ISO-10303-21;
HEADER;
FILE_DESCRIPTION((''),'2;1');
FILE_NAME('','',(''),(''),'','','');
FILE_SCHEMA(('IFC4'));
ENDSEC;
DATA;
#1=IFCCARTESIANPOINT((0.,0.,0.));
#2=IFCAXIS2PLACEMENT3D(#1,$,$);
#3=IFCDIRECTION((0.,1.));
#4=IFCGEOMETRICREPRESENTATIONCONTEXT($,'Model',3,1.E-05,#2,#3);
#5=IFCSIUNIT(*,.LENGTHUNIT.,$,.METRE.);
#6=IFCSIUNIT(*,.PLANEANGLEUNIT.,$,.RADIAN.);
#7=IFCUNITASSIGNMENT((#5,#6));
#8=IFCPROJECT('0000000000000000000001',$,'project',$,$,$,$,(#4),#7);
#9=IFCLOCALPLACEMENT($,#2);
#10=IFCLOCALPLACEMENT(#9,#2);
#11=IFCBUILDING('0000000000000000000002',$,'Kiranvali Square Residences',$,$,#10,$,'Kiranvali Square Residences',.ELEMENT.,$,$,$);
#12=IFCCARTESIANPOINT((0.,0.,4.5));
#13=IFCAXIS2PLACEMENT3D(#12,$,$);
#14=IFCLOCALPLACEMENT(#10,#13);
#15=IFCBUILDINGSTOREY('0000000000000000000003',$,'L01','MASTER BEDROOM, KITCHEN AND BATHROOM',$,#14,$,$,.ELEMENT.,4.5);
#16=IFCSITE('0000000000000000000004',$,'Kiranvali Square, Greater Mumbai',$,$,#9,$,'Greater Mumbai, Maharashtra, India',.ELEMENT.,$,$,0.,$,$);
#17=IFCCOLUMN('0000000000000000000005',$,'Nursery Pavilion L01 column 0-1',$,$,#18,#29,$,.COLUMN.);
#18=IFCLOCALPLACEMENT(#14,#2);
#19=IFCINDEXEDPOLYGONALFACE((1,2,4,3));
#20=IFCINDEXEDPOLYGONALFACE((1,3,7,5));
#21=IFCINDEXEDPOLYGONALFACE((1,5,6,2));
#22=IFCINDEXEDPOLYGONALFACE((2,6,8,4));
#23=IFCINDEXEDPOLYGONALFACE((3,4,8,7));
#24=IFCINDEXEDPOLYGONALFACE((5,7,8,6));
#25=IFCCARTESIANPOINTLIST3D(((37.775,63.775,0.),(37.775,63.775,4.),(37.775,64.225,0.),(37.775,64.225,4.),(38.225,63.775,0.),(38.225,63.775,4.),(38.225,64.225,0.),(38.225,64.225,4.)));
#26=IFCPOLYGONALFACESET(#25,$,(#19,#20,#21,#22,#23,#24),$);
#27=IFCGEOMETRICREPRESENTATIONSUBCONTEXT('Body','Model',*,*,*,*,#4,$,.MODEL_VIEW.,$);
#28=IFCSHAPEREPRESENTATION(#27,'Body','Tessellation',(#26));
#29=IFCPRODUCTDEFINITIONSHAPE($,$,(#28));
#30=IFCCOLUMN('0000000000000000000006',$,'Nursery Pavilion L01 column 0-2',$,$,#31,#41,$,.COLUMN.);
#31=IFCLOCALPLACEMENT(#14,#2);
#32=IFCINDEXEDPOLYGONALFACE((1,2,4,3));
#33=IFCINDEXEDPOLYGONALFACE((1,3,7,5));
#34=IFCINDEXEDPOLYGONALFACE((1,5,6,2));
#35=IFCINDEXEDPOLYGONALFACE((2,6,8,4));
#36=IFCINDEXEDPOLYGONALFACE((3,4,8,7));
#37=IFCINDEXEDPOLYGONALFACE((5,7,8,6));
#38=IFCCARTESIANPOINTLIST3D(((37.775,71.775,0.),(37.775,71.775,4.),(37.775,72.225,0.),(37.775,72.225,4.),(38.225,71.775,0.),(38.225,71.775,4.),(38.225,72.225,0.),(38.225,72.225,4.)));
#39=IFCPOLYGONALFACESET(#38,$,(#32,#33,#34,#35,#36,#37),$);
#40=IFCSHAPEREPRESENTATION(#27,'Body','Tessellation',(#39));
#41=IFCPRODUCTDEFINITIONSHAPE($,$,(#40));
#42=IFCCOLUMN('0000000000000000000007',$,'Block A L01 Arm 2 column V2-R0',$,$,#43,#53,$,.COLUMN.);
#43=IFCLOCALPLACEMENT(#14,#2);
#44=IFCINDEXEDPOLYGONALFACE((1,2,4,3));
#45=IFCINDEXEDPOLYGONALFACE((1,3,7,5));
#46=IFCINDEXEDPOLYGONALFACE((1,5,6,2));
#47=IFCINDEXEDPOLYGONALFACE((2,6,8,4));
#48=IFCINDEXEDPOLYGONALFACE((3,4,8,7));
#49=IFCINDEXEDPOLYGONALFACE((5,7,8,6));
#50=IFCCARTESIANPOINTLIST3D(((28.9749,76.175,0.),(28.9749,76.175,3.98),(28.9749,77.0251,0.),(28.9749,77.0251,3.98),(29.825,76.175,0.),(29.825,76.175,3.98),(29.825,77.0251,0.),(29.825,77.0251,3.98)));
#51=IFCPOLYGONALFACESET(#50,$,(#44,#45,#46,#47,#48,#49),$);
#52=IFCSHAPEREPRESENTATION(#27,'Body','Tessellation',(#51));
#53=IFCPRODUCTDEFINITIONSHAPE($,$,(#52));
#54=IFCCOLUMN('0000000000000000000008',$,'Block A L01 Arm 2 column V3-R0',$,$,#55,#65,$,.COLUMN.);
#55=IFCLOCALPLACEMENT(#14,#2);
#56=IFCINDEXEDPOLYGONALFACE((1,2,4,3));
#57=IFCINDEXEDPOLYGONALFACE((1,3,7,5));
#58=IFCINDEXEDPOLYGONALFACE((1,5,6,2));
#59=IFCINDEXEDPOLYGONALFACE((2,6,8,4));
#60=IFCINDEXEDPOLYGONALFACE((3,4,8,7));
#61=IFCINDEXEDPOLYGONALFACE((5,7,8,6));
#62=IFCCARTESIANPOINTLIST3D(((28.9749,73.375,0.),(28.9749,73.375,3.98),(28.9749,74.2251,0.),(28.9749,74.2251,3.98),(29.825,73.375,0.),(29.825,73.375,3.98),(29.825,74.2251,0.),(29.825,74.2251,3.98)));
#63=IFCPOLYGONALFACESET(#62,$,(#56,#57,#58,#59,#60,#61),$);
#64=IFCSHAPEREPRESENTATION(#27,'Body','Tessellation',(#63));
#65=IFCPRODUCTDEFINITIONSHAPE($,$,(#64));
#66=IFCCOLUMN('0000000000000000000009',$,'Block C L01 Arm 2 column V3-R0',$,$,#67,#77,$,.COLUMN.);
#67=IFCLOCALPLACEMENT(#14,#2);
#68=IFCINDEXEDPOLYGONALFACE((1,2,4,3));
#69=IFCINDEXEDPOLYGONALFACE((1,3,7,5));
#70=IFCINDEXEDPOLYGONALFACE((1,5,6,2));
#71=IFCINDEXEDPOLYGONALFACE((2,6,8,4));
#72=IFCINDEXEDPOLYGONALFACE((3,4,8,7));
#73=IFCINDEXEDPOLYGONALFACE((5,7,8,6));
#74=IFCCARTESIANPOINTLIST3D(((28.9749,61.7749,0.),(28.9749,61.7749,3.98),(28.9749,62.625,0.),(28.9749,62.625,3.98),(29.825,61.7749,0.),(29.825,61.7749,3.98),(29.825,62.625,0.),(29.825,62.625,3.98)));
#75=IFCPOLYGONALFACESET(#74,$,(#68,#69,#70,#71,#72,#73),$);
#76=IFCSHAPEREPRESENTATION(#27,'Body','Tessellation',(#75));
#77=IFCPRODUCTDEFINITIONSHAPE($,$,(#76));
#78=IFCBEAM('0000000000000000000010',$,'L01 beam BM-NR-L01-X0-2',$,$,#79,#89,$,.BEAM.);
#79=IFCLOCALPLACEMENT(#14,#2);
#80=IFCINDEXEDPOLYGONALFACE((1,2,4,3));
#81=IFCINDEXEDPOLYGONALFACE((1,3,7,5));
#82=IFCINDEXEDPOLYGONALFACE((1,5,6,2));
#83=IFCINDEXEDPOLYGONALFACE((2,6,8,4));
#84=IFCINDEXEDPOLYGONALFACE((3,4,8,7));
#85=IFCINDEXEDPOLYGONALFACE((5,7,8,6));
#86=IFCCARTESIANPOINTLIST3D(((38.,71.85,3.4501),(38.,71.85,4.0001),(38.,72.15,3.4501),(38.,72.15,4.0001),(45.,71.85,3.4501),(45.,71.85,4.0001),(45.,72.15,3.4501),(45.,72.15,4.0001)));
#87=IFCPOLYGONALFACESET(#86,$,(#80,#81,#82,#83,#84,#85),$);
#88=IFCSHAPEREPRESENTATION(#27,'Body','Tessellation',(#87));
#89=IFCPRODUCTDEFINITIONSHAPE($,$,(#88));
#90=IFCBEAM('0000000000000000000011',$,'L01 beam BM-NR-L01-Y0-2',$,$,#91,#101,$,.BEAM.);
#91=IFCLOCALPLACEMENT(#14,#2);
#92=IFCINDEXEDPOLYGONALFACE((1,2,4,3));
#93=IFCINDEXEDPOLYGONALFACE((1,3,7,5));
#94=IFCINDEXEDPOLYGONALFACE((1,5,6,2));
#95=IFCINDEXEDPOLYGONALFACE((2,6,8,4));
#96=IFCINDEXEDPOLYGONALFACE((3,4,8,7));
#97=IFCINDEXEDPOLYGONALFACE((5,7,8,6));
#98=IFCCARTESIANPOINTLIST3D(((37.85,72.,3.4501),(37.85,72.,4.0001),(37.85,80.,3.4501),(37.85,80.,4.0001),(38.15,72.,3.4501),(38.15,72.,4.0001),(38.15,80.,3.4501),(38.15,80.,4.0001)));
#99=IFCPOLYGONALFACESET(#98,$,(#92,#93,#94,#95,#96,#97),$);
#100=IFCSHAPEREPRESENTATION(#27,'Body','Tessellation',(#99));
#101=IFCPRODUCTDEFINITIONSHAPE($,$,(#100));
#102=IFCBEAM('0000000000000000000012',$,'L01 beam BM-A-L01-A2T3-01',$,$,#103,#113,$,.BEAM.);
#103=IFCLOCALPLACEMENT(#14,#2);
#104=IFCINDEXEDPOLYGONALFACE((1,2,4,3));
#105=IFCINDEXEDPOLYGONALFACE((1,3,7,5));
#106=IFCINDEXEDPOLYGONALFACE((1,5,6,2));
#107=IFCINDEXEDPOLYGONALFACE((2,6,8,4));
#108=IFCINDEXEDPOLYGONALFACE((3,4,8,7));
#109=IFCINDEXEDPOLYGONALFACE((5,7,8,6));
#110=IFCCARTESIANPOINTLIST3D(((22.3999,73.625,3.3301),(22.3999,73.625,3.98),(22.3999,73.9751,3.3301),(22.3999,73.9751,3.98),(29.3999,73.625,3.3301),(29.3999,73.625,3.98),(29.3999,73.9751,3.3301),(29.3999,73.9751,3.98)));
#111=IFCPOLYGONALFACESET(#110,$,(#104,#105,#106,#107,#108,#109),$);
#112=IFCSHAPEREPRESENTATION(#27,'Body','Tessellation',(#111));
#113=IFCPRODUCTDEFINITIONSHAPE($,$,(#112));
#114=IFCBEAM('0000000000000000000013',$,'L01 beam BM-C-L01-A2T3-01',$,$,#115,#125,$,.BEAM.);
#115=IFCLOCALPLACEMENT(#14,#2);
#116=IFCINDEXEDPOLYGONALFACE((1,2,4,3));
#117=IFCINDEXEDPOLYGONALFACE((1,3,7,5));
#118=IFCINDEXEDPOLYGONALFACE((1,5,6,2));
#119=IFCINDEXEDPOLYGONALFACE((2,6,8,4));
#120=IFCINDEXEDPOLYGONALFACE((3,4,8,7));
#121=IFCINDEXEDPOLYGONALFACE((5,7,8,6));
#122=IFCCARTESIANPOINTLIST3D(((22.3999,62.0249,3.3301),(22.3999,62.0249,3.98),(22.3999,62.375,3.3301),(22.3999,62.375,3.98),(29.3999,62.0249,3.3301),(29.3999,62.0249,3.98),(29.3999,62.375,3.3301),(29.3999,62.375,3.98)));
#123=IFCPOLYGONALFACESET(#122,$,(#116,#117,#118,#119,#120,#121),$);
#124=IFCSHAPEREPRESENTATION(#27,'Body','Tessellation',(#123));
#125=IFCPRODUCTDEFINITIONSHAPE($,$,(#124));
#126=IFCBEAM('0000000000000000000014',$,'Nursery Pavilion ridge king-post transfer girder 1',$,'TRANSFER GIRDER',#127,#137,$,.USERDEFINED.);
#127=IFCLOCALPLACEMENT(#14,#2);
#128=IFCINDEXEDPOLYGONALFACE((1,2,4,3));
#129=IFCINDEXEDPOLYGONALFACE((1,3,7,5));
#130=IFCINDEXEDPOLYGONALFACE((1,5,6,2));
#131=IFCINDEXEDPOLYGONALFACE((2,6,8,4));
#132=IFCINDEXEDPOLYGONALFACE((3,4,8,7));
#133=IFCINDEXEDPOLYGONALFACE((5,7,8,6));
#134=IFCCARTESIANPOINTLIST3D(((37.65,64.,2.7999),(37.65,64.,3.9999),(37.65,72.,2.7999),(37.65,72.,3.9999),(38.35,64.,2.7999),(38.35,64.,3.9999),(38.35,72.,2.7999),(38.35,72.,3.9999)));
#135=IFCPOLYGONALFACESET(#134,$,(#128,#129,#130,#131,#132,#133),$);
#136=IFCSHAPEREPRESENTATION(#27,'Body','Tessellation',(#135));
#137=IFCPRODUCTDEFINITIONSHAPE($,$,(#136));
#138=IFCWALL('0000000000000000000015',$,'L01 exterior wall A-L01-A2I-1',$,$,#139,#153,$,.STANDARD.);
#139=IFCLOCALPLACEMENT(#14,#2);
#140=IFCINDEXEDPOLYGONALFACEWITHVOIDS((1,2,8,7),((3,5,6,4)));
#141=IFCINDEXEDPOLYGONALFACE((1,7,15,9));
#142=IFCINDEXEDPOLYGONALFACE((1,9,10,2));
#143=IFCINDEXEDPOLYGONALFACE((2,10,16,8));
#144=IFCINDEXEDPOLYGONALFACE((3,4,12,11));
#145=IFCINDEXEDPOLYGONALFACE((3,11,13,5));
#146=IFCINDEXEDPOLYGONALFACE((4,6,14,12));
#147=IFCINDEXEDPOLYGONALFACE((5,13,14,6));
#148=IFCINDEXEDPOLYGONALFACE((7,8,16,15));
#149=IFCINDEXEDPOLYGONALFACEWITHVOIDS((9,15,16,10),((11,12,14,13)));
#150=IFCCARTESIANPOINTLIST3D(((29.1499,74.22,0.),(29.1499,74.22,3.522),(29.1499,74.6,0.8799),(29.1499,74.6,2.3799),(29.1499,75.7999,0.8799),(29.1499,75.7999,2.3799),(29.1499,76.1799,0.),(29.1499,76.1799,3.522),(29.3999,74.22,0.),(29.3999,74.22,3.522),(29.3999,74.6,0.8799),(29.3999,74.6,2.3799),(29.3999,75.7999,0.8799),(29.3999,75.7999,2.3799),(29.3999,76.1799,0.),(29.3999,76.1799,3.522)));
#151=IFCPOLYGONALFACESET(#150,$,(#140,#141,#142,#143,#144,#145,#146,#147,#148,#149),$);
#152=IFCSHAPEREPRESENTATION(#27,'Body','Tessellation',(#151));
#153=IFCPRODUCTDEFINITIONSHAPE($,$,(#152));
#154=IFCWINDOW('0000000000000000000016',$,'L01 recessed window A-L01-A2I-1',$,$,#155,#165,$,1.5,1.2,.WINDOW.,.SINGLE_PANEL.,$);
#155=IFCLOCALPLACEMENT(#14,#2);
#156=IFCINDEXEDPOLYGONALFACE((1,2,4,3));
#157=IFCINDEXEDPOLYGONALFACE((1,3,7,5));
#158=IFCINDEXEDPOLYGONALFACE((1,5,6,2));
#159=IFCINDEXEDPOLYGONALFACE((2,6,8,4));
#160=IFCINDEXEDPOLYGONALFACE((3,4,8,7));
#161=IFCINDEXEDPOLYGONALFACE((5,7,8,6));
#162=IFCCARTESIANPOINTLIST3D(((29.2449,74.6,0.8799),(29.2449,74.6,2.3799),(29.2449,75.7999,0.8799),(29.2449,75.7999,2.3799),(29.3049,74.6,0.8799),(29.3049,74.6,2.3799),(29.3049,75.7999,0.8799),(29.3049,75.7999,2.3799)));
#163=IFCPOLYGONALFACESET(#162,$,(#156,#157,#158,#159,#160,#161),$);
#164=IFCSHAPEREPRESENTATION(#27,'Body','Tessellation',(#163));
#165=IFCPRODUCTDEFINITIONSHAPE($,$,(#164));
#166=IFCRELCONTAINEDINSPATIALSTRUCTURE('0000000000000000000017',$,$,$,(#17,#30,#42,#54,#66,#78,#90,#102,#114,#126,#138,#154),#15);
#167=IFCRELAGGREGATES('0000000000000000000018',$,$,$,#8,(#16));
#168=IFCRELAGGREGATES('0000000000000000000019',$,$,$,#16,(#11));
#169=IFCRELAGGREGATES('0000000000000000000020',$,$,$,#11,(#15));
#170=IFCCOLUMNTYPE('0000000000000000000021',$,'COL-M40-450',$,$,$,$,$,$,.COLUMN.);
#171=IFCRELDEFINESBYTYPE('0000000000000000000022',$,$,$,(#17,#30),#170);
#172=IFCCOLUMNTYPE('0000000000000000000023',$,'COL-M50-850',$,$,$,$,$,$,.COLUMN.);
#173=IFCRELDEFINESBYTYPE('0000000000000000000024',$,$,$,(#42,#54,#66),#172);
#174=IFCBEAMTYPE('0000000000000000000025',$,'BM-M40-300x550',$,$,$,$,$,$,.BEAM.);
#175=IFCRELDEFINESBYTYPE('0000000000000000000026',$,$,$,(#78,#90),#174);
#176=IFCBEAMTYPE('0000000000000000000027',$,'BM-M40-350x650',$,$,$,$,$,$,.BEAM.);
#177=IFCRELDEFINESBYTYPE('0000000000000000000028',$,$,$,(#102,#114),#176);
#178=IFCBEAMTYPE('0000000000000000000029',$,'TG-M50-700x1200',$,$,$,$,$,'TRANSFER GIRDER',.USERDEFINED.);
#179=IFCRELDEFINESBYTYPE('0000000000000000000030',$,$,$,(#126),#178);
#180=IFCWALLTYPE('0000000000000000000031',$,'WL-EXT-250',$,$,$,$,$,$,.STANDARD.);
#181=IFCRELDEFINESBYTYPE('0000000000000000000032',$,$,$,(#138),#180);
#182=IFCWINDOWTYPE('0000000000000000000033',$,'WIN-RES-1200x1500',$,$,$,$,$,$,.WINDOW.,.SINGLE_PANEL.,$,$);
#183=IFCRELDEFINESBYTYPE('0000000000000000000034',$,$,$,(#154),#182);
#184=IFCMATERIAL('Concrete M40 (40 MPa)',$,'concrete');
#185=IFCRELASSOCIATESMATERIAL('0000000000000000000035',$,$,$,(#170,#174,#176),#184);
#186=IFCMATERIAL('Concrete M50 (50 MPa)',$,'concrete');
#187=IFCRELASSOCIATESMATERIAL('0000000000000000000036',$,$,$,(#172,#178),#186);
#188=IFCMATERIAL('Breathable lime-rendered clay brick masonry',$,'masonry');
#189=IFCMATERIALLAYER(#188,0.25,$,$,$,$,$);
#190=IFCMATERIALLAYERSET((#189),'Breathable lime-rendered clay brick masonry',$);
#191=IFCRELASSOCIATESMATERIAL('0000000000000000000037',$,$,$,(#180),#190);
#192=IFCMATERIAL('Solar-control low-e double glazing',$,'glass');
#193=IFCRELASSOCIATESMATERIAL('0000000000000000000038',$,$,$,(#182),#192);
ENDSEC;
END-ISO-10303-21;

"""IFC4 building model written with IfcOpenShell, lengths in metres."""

from ifc_helpers import new_model, si_unit, direction, frame, frame_2d, origin, origin_2d, place, context, subcontext, project, spatial, rectangle, extrude, material, layer, layer_set, material_profile, profile_set, type_object, element, fill, save


model = new_model("IFC4")

# Units and contexts
model_context = context("Model", 3, precision=1e-05, world=origin(), true_north=direction((0.0, 1.0)))
body_context = subcontext(model_context, "Body", "Model", "MODEL_VIEW")
ifc_project = project(units=[si_unit("LENGTHUNIT", "METRE"), si_unit("PLANEANGLEUNIT", "RADIAN")], contexts=[model_context])

# Site, building, storey
site_placement = place(None, origin())
site = spatial("IfcSite", under=ifc_project, at=site_placement, Name="Kiranvali Square, Greater Mumbai", LongName="Greater Mumbai, Maharashtra, India", CompositionType="ELEMENT", RefElevation=0.0)
building_placement = place(site_placement, origin())
building = spatial("IfcBuilding", under=site, at=building_placement, Name="Kiranvali Square Residences", LongName="Kiranvali Square Residences", CompositionType="ELEMENT")
storey_placement = place(building_placement, frame((0.0, 0.0, 4.5)))
storey = spatial("IfcBuildingStorey", under=building, at=storey_placement, Name="L01", Description="MASTER BEDROOM, KITCHEN AND BATHROOM", CompositionType="ELEMENT", Elevation=4.5)

# Columns
ifc_material_1 = material(Name="Concrete M40 (40 MPa)", Category="concrete")
ifc_material_profile_1 = material_profile(ifc_material_1, rectangle(XDim=0.45, YDim=0.45, at=origin_2d()), Name="RC 450x450")
ifc_profile_set_1 = profile_set([ifc_material_profile_1], Name="Concrete M40 (40 MPa)")
column_type_1 = type_object("IfcColumnType", Name="COL-M40-450", PredefinedType="COLUMN", material=ifc_profile_set_1)
for number, where, z_axis, x_axis, name in (
    (1, (38.0, 64.0, 0.0), (0.0, 0.0, 1.0), (1.0, 0.0, 0.0), "Nursery Pavilion L01 column 0-1"),
    (2, (38.0, 72.0, 0.0), (0.0, 0.0, 1.0), (1.0, 0.0, 0.0), "Nursery Pavilion L01 column 0-2"),
):
    element("IfcColumn", number, at=place(storey_placement, frame(where, z_axis=z_axis, x_axis=x_axis)), inside=storey, type_object=column_type_1, Name=name, PredefinedType="COLUMN", context=body_context, shape_type="SweptSolid", body=[
        extrude(rectangle(XDim=0.45, YDim=0.45, at=origin_2d()), origin(), (0.0, 0.0, 1.0), 4.0),
    ])
ifc_material_2 = material(Name="Concrete M50 (50 MPa)", Category="concrete")
ifc_material_profile_2 = material_profile(ifc_material_2, rectangle(XDim=0.8501, YDim=0.8501, at=origin_2d()), Name="RC 850x850")
ifc_profile_set_2 = profile_set([ifc_material_profile_2], Name="Concrete M50 (50 MPa)")
column_type_2 = type_object("IfcColumnType", Name="COL-M50-850", PredefinedType="COLUMN", material=ifc_profile_set_2)
for number, where, z_axis, x_axis, name in (
    (3, (29.3999, 76.6001, 0.0), (0.0, 0.0, 1.0), (1.0, 0.0, 0.0), "Block A L01 Arm 2 column V2-R0"),
    (4, (29.3999, 73.8, 0.0), (0.0, 0.0, 1.0), (1.0, 0.0, 0.0), "Block A L01 Arm 2 column V3-R0"),
    (5, (29.3999, 62.2, 0.0), (0.0, 0.0, 1.0), (1.0, 0.0, 0.0), "Block C L01 Arm 2 column V3-R0"),
):
    element("IfcColumn", number, at=place(storey_placement, frame(where, z_axis=z_axis, x_axis=x_axis)), inside=storey, type_object=column_type_2, Name=name, PredefinedType="COLUMN", context=body_context, shape_type="SweptSolid", body=[
        extrude(rectangle(XDim=0.8501, YDim=0.8501, at=origin_2d()), origin(), (0.0, 0.0, 1.0), 3.98),
    ])

# Beams
ifc_material_profile_3 = material_profile(ifc_material_1, rectangle(XDim=0.3, YDim=0.55, at=origin_2d()), Name="RC 300x550")
ifc_profile_set_3 = profile_set([ifc_material_profile_3], Name="Concrete M40 (40 MPa)")
beam_type_1 = type_object("IfcBeamType", Name="BM-M40-300x550", PredefinedType="BEAM", material=ifc_profile_set_3)
beam_1_placement = place(storey_placement, frame((38.0, 72.0, 3.7251), z_axis=(1.0, 0.0, 0.0), x_axis=(0.0, 1.0, 0.0)))
element("IfcBeam", 6, at=beam_1_placement, inside=storey, type_object=beam_type_1, Name="L01 beam BM-NR-L01-X0-2", PredefinedType="BEAM", context=body_context, shape_type="SweptSolid", body=[
    extrude(rectangle(XDim=0.3, YDim=0.55, at=origin_2d()), origin(), (0.0, 0.0, 1.0), 7.0),
])
beam_2_placement = place(storey_placement, frame((38.0, 72.0, 3.7251), z_axis=(0.0, 1.0, 0.0), x_axis=(-1.0, 0.0, 0.0)))
element("IfcBeam", 7, at=beam_2_placement, inside=storey, type_object=beam_type_1, Name="L01 beam BM-NR-L01-Y0-2", PredefinedType="BEAM", context=body_context, shape_type="SweptSolid", body=[
    extrude(rectangle(XDim=0.3, YDim=0.55, at=origin_2d()), origin(), (0.0, 0.0, 1.0), 8.0),
])
ifc_material_profile_4 = material_profile(ifc_material_1, rectangle(XDim=0.3501, YDim=0.6499, at=origin_2d()), Name="RC 350x650")
ifc_profile_set_4 = profile_set([ifc_material_profile_4], Name="Concrete M40 (40 MPa)")
beam_type_2 = type_object("IfcBeamType", Name="BM-M40-350x650", PredefinedType="BEAM", material=ifc_profile_set_4)
for number, where, z_axis, x_axis, name in (
    (8, (29.3999, 73.8, 3.655), (-1.0, 0.0, 0.0), (0.0, -1.0, 0.0), "L01 beam BM-A-L01-A2T3-01"),
    (9, (29.3999, 62.2, 3.655), (-1.0, 0.0, 0.0), (0.0, -1.0, 0.0), "L01 beam BM-C-L01-A2T3-01"),
):
    element("IfcBeam", number, at=place(storey_placement, frame(where, z_axis=z_axis, x_axis=x_axis)), inside=storey, type_object=beam_type_2, Name=name, PredefinedType="BEAM", context=body_context, shape_type="SweptSolid", body=[
        extrude(rectangle(XDim=0.3501, YDim=0.6499, at=origin_2d()), origin(), (0.0, 0.0, 1.0), 7.0),
    ])
ifc_material_profile_5 = material_profile(ifc_material_2, rectangle(XDim=0.7, YDim=1.2, at=origin_2d()), Name="RC 700x1200")
ifc_profile_set_5 = profile_set([ifc_material_profile_5], Name="Concrete M50 (50 MPa)")
beam_type_3 = type_object("IfcBeamType", Name="TG-M50-700x1200", ElementType="TRANSFER GIRDER", PredefinedType="USERDEFINED", material=ifc_profile_set_5)
beam_3_placement = place(storey_placement, frame((38.0, 64.0, 3.3999), z_axis=(0.0, 1.0, 0.0), x_axis=(-1.0, 0.0, 0.0)))
element("IfcBeam", 10, at=beam_3_placement, inside=storey, type_object=beam_type_3, Name="Nursery Pavilion ridge king-post transfer girder 1", ObjectType="TRANSFER GIRDER", PredefinedType="USERDEFINED", context=body_context, shape_type="SweptSolid", body=[
    extrude(rectangle(XDim=0.7, YDim=1.2, at=origin_2d()), origin(), (0.0, 0.0, 1.0), 8.0),
])

# Wall, opening, window
ifc_material_3 = material(Name="Breathable lime-rendered clay brick masonry", Category="masonry")
ifc_layer_1 = layer(ifc_material_3, 0.25)
ifc_layer_set_1 = layer_set([ifc_layer_1], Name="Breathable lime-rendered clay brick masonry")
wall_type_1 = type_object("IfcWallType", Name="WL-EXT-250", PredefinedType="STANDARD", material=ifc_layer_set_1)
wall_1_placement = place(storey_placement, frame((29.2749, 76.1799, 0.0), z_axis=(0.0, 0.0, 1.0), x_axis=(0.0, -1.0, 0.0)))
wall_1 = element("IfcWall", 11, at=wall_1_placement, inside=storey, type_object=wall_type_1, Name="L01 exterior wall A-L01-A2I-1", PredefinedType="STANDARD", context=body_context, shape_type="SweptSolid", body=[
    extrude(rectangle(XDim=1.96, YDim=0.25, at=frame_2d((0.98, 0.0))), origin(), (0.0, 0.0, 1.0), 3.522),
])
opening_1_placement = place(wall_1_placement, frame((0.3799, 0.0, 0.8799)))
opening_1 = element("IfcOpeningElement", 12, at=opening_1_placement, cuts=wall_1, PredefinedType="OPENING", context=body_context, shape_type="SweptSolid", body=[
    extrude(rectangle(XDim=1.2, YDim=1.5, at=frame_2d((0.6001, 0.75))), frame((0.0, 0.135, 0.0), z_axis=(0.0, -1.0, 0.0), x_axis=(1.0, 0.0, 0.0)), (0.0, 0.0, 1.0), 0.27),
])
ifc_material_4 = material(Name="Solar-control low-e double glazing", Category="glass")
window_type_1 = type_object("IfcWindowType", Name="WIN-RES-1200x1500", PartitioningType="SINGLE_PANEL", PredefinedType="WINDOW", material=ifc_material_4)
window_1_placement = place(opening_1_placement, origin())
window_1 = element("IfcWindow", 13, at=window_1_placement, inside=storey, type_object=window_type_1, Name="L01 recessed window A-L01-A2I-1", OverallHeight=1.5, OverallWidth=1.2, PartitioningType="SINGLE_PANEL", PredefinedType="WINDOW", context=body_context, shape_type="SweptSolid", body=[
    extrude(rectangle(XDim=1.2, YDim=1.5, at=frame_2d((0.6001, 0.75))), frame((0.0, 0.03, 0.0), z_axis=(0.0, -1.0, 0.0), x_axis=(1.0, 0.0, 0.0)), (0.0, 0.0, 1.0), 0.0601),
])
fill(opening_1, window_1)

save(model, "model.ifc")
